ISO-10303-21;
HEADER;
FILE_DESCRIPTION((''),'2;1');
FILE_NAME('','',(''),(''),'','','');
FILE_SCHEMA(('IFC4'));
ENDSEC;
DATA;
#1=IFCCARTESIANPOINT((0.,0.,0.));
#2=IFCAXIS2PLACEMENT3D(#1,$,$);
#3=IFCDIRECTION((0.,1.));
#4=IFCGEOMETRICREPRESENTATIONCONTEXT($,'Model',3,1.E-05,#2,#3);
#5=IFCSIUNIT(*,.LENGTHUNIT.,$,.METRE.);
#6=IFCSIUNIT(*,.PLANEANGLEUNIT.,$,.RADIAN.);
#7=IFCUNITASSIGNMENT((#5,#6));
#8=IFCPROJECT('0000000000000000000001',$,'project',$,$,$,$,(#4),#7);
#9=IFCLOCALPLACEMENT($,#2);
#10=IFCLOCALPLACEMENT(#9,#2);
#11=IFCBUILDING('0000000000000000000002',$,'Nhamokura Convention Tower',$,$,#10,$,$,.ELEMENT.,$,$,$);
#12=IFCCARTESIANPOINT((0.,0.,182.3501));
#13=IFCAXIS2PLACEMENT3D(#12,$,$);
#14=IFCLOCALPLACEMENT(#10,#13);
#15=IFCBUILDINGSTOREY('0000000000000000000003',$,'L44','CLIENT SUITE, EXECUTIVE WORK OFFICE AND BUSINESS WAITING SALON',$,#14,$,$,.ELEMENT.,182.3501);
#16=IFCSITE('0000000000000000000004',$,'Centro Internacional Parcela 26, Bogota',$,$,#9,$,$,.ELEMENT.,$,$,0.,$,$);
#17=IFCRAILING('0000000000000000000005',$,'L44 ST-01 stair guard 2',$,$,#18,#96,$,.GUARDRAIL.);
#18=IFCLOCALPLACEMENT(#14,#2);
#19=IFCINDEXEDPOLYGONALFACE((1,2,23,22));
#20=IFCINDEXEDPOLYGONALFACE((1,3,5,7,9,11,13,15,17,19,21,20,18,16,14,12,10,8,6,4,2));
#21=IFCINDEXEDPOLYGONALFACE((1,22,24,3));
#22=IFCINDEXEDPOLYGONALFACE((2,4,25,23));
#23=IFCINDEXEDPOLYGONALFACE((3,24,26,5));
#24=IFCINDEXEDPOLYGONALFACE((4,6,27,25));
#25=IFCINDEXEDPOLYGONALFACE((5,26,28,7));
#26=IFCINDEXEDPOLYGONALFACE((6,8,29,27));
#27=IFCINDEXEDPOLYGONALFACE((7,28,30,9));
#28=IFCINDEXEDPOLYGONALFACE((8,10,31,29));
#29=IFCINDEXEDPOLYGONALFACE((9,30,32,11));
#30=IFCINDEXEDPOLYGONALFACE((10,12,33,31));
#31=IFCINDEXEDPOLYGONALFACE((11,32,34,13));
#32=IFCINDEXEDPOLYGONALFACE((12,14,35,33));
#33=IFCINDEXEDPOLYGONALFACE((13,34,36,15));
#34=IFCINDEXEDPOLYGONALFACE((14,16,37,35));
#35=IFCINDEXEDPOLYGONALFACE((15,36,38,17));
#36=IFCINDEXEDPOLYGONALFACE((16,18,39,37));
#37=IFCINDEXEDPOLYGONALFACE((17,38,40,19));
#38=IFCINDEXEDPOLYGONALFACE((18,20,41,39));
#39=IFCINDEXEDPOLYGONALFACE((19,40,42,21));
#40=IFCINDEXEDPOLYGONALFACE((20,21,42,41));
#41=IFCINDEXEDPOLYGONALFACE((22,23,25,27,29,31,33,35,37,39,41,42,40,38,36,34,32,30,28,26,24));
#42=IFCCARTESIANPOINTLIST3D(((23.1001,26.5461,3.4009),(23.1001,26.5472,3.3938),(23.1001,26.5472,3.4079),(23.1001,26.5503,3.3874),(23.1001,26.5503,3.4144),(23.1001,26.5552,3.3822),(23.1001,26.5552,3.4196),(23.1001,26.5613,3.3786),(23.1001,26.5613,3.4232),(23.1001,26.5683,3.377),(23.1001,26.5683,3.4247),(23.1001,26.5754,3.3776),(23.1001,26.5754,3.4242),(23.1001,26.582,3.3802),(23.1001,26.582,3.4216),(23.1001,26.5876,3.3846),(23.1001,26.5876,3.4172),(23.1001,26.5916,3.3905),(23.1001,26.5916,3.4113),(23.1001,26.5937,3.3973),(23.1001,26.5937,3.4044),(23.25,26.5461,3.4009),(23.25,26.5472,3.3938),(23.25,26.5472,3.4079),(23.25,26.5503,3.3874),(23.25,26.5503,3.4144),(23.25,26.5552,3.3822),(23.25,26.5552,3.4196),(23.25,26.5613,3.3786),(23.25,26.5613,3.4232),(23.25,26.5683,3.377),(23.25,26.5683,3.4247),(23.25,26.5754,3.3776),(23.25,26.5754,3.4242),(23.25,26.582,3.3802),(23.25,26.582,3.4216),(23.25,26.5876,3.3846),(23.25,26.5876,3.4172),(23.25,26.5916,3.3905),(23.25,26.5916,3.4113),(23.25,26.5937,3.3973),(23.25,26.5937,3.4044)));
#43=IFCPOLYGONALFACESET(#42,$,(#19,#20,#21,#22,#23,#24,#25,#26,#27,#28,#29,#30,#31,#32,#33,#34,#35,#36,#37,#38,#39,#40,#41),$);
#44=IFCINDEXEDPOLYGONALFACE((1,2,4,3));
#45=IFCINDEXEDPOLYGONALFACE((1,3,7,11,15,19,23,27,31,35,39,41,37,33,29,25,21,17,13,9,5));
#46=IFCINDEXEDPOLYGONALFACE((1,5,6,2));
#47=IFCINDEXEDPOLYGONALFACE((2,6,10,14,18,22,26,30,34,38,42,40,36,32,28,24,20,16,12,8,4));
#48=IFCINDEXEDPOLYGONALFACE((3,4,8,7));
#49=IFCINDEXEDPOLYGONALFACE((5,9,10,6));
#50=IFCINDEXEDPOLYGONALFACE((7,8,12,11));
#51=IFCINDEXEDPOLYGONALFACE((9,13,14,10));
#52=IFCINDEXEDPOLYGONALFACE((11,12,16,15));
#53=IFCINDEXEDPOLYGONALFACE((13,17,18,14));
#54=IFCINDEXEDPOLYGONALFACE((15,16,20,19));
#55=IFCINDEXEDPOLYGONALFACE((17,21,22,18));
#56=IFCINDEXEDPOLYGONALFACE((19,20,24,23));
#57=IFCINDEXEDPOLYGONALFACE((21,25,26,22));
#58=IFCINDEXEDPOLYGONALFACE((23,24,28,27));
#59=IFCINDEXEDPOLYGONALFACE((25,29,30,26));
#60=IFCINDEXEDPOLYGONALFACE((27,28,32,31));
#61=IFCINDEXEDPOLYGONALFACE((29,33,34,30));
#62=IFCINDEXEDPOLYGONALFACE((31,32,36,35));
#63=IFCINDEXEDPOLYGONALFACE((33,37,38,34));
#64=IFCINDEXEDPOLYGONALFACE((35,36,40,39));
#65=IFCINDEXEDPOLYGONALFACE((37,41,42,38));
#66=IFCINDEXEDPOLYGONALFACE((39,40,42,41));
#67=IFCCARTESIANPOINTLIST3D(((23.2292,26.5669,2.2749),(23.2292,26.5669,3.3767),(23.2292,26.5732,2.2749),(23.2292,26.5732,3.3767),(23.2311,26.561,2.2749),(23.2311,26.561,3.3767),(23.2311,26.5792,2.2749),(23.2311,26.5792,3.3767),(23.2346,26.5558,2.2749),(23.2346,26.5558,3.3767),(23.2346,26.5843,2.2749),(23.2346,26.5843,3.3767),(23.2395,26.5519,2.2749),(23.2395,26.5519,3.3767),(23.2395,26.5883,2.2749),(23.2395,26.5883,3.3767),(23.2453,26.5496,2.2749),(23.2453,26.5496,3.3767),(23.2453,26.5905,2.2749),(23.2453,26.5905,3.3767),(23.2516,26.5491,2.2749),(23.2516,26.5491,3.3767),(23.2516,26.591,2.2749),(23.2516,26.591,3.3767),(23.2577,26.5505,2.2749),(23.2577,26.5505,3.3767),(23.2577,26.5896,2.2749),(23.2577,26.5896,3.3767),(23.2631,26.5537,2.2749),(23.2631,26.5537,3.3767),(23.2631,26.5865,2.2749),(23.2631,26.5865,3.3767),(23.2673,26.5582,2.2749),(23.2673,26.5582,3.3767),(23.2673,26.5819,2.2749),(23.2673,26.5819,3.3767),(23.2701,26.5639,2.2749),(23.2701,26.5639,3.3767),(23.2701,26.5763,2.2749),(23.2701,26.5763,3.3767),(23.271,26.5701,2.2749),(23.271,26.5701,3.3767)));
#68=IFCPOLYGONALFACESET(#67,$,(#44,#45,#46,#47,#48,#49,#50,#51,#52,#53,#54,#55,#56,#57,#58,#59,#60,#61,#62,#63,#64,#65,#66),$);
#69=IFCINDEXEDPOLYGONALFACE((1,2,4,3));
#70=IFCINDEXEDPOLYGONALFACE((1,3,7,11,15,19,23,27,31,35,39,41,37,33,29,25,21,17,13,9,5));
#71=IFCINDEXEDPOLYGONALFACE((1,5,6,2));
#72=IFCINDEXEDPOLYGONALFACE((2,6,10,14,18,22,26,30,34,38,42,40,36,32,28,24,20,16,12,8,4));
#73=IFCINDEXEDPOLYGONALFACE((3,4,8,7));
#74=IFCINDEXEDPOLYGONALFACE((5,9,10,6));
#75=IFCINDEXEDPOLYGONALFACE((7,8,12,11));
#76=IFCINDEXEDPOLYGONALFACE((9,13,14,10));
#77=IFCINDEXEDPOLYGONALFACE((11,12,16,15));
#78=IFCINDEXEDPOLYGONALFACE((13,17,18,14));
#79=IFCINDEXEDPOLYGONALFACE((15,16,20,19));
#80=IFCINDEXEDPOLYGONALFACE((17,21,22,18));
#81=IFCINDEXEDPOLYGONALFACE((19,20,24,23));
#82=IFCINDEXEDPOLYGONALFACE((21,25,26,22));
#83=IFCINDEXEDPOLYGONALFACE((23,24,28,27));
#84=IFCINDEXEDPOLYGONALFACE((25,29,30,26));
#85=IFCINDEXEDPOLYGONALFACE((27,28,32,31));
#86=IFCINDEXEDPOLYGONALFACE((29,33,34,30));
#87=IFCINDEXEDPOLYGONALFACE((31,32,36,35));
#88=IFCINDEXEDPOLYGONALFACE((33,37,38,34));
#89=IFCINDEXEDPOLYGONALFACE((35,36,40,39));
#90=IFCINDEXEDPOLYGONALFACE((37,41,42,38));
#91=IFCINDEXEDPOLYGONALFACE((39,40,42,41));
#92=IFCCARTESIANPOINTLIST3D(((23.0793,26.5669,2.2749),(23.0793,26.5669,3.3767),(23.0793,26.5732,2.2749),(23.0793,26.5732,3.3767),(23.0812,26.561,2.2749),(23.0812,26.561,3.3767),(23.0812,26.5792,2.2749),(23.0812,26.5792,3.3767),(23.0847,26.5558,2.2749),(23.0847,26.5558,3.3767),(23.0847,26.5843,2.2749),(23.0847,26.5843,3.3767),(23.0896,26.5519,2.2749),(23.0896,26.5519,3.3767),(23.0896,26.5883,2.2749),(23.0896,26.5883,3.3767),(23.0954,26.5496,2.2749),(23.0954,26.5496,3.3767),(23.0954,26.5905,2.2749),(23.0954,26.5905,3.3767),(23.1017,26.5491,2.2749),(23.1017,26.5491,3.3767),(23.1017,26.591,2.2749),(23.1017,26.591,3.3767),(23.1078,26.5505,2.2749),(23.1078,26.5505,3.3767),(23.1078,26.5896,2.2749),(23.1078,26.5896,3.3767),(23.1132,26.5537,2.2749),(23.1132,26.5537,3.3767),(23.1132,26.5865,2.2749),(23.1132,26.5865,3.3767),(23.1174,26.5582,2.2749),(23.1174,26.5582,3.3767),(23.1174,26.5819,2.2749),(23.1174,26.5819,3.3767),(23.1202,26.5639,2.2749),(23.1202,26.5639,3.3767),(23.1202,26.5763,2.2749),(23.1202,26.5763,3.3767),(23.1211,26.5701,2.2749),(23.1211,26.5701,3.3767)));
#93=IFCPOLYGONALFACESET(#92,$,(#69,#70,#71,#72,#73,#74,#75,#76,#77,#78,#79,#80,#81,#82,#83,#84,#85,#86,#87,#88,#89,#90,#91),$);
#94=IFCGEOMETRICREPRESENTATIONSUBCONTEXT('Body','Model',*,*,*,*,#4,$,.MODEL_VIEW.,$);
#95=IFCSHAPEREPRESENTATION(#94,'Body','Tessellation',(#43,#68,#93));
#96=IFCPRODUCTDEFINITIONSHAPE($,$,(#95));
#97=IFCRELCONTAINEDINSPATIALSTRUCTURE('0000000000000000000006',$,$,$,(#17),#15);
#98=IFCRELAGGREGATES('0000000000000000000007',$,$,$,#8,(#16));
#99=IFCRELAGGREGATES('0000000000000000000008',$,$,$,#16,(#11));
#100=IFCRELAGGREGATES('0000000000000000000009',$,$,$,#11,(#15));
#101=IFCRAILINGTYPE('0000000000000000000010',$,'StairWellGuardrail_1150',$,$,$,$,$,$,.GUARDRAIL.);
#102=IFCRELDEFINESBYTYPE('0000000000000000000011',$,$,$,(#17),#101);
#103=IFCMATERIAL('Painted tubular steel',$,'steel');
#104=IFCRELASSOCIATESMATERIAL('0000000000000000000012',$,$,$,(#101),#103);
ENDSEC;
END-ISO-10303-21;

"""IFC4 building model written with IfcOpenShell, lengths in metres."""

from ifc_helpers import new_model, si_unit, direction, frame, origin, origin_2d, place, context, subcontext, project, spatial, circle, extrude, material, type_object, element, save


model = new_model("IFC4")

# Units and contexts
model_context = context("Model", 3, precision=1e-05, world=origin(), true_north=direction((0.0, 1.0)))
body_context = subcontext(model_context, "Body", "Model", "MODEL_VIEW")
ifc_project = project(units=[si_unit("LENGTHUNIT", "METRE"), si_unit("PLANEANGLEUNIT", "RADIAN")], contexts=[model_context])

# Site, building, storey
site_placement = place(None, origin())
site = spatial("IfcSite", under=ifc_project, at=site_placement, Name="Centro Internacional Parcela 26, Bogota", CompositionType="ELEMENT", RefElevation=0.0)
building_placement = place(site_placement, origin())
building = spatial("IfcBuilding", under=site, at=building_placement, Name="Nhamokura Convention Tower", CompositionType="ELEMENT")
storey_placement = place(building_placement, frame((0.0, 0.0, 182.3501)))
storey = spatial("IfcBuildingStorey", under=building, at=storey_placement, Name="L44", Description="CLIENT SUITE, EXECUTIVE WORK OFFICE AND BUSINESS WAITING SALON", CompositionType="ELEMENT", Elevation=182.3501)

# Railing
ifc_material_1 = material(Name="Painted tubular steel", Category="steel")
railing_type_1 = type_object("IfcRailingType", Name="StairWellGuardrail_1150", PredefinedType="GUARDRAIL", material=ifc_material_1)
railing_1_placement = place(storey_placement, frame((23.25, 26.5701, 2.2749)))
element("IfcRailing", 1, at=railing_1_placement, inside=storey, type_object=railing_type_1, Name="L44 ST-01 stair guard 2", PredefinedType="GUARDRAIL", context=body_context, shape_type="SweptSolid", body=[
    extrude(circle(Radius=0.0239, at=origin_2d()), frame((0.0, 0.0, 1.126), z_axis=(-1.0, 0.0, 0.0), x_axis=(0.0, -1.0, 0.0)), (0.0, 0.0, 1.0), 0.1499),
    extrude(circle(Radius=0.021, at=origin_2d()), origin(), (0.0, 0.0, 1.0), 1.1018),
    extrude(circle(Radius=0.021, at=origin_2d()), frame((-0.1499, 0.0, 0.0)), (0.0, 0.0, 1.0), 1.1018),
])

save(model, "model.ifc")
